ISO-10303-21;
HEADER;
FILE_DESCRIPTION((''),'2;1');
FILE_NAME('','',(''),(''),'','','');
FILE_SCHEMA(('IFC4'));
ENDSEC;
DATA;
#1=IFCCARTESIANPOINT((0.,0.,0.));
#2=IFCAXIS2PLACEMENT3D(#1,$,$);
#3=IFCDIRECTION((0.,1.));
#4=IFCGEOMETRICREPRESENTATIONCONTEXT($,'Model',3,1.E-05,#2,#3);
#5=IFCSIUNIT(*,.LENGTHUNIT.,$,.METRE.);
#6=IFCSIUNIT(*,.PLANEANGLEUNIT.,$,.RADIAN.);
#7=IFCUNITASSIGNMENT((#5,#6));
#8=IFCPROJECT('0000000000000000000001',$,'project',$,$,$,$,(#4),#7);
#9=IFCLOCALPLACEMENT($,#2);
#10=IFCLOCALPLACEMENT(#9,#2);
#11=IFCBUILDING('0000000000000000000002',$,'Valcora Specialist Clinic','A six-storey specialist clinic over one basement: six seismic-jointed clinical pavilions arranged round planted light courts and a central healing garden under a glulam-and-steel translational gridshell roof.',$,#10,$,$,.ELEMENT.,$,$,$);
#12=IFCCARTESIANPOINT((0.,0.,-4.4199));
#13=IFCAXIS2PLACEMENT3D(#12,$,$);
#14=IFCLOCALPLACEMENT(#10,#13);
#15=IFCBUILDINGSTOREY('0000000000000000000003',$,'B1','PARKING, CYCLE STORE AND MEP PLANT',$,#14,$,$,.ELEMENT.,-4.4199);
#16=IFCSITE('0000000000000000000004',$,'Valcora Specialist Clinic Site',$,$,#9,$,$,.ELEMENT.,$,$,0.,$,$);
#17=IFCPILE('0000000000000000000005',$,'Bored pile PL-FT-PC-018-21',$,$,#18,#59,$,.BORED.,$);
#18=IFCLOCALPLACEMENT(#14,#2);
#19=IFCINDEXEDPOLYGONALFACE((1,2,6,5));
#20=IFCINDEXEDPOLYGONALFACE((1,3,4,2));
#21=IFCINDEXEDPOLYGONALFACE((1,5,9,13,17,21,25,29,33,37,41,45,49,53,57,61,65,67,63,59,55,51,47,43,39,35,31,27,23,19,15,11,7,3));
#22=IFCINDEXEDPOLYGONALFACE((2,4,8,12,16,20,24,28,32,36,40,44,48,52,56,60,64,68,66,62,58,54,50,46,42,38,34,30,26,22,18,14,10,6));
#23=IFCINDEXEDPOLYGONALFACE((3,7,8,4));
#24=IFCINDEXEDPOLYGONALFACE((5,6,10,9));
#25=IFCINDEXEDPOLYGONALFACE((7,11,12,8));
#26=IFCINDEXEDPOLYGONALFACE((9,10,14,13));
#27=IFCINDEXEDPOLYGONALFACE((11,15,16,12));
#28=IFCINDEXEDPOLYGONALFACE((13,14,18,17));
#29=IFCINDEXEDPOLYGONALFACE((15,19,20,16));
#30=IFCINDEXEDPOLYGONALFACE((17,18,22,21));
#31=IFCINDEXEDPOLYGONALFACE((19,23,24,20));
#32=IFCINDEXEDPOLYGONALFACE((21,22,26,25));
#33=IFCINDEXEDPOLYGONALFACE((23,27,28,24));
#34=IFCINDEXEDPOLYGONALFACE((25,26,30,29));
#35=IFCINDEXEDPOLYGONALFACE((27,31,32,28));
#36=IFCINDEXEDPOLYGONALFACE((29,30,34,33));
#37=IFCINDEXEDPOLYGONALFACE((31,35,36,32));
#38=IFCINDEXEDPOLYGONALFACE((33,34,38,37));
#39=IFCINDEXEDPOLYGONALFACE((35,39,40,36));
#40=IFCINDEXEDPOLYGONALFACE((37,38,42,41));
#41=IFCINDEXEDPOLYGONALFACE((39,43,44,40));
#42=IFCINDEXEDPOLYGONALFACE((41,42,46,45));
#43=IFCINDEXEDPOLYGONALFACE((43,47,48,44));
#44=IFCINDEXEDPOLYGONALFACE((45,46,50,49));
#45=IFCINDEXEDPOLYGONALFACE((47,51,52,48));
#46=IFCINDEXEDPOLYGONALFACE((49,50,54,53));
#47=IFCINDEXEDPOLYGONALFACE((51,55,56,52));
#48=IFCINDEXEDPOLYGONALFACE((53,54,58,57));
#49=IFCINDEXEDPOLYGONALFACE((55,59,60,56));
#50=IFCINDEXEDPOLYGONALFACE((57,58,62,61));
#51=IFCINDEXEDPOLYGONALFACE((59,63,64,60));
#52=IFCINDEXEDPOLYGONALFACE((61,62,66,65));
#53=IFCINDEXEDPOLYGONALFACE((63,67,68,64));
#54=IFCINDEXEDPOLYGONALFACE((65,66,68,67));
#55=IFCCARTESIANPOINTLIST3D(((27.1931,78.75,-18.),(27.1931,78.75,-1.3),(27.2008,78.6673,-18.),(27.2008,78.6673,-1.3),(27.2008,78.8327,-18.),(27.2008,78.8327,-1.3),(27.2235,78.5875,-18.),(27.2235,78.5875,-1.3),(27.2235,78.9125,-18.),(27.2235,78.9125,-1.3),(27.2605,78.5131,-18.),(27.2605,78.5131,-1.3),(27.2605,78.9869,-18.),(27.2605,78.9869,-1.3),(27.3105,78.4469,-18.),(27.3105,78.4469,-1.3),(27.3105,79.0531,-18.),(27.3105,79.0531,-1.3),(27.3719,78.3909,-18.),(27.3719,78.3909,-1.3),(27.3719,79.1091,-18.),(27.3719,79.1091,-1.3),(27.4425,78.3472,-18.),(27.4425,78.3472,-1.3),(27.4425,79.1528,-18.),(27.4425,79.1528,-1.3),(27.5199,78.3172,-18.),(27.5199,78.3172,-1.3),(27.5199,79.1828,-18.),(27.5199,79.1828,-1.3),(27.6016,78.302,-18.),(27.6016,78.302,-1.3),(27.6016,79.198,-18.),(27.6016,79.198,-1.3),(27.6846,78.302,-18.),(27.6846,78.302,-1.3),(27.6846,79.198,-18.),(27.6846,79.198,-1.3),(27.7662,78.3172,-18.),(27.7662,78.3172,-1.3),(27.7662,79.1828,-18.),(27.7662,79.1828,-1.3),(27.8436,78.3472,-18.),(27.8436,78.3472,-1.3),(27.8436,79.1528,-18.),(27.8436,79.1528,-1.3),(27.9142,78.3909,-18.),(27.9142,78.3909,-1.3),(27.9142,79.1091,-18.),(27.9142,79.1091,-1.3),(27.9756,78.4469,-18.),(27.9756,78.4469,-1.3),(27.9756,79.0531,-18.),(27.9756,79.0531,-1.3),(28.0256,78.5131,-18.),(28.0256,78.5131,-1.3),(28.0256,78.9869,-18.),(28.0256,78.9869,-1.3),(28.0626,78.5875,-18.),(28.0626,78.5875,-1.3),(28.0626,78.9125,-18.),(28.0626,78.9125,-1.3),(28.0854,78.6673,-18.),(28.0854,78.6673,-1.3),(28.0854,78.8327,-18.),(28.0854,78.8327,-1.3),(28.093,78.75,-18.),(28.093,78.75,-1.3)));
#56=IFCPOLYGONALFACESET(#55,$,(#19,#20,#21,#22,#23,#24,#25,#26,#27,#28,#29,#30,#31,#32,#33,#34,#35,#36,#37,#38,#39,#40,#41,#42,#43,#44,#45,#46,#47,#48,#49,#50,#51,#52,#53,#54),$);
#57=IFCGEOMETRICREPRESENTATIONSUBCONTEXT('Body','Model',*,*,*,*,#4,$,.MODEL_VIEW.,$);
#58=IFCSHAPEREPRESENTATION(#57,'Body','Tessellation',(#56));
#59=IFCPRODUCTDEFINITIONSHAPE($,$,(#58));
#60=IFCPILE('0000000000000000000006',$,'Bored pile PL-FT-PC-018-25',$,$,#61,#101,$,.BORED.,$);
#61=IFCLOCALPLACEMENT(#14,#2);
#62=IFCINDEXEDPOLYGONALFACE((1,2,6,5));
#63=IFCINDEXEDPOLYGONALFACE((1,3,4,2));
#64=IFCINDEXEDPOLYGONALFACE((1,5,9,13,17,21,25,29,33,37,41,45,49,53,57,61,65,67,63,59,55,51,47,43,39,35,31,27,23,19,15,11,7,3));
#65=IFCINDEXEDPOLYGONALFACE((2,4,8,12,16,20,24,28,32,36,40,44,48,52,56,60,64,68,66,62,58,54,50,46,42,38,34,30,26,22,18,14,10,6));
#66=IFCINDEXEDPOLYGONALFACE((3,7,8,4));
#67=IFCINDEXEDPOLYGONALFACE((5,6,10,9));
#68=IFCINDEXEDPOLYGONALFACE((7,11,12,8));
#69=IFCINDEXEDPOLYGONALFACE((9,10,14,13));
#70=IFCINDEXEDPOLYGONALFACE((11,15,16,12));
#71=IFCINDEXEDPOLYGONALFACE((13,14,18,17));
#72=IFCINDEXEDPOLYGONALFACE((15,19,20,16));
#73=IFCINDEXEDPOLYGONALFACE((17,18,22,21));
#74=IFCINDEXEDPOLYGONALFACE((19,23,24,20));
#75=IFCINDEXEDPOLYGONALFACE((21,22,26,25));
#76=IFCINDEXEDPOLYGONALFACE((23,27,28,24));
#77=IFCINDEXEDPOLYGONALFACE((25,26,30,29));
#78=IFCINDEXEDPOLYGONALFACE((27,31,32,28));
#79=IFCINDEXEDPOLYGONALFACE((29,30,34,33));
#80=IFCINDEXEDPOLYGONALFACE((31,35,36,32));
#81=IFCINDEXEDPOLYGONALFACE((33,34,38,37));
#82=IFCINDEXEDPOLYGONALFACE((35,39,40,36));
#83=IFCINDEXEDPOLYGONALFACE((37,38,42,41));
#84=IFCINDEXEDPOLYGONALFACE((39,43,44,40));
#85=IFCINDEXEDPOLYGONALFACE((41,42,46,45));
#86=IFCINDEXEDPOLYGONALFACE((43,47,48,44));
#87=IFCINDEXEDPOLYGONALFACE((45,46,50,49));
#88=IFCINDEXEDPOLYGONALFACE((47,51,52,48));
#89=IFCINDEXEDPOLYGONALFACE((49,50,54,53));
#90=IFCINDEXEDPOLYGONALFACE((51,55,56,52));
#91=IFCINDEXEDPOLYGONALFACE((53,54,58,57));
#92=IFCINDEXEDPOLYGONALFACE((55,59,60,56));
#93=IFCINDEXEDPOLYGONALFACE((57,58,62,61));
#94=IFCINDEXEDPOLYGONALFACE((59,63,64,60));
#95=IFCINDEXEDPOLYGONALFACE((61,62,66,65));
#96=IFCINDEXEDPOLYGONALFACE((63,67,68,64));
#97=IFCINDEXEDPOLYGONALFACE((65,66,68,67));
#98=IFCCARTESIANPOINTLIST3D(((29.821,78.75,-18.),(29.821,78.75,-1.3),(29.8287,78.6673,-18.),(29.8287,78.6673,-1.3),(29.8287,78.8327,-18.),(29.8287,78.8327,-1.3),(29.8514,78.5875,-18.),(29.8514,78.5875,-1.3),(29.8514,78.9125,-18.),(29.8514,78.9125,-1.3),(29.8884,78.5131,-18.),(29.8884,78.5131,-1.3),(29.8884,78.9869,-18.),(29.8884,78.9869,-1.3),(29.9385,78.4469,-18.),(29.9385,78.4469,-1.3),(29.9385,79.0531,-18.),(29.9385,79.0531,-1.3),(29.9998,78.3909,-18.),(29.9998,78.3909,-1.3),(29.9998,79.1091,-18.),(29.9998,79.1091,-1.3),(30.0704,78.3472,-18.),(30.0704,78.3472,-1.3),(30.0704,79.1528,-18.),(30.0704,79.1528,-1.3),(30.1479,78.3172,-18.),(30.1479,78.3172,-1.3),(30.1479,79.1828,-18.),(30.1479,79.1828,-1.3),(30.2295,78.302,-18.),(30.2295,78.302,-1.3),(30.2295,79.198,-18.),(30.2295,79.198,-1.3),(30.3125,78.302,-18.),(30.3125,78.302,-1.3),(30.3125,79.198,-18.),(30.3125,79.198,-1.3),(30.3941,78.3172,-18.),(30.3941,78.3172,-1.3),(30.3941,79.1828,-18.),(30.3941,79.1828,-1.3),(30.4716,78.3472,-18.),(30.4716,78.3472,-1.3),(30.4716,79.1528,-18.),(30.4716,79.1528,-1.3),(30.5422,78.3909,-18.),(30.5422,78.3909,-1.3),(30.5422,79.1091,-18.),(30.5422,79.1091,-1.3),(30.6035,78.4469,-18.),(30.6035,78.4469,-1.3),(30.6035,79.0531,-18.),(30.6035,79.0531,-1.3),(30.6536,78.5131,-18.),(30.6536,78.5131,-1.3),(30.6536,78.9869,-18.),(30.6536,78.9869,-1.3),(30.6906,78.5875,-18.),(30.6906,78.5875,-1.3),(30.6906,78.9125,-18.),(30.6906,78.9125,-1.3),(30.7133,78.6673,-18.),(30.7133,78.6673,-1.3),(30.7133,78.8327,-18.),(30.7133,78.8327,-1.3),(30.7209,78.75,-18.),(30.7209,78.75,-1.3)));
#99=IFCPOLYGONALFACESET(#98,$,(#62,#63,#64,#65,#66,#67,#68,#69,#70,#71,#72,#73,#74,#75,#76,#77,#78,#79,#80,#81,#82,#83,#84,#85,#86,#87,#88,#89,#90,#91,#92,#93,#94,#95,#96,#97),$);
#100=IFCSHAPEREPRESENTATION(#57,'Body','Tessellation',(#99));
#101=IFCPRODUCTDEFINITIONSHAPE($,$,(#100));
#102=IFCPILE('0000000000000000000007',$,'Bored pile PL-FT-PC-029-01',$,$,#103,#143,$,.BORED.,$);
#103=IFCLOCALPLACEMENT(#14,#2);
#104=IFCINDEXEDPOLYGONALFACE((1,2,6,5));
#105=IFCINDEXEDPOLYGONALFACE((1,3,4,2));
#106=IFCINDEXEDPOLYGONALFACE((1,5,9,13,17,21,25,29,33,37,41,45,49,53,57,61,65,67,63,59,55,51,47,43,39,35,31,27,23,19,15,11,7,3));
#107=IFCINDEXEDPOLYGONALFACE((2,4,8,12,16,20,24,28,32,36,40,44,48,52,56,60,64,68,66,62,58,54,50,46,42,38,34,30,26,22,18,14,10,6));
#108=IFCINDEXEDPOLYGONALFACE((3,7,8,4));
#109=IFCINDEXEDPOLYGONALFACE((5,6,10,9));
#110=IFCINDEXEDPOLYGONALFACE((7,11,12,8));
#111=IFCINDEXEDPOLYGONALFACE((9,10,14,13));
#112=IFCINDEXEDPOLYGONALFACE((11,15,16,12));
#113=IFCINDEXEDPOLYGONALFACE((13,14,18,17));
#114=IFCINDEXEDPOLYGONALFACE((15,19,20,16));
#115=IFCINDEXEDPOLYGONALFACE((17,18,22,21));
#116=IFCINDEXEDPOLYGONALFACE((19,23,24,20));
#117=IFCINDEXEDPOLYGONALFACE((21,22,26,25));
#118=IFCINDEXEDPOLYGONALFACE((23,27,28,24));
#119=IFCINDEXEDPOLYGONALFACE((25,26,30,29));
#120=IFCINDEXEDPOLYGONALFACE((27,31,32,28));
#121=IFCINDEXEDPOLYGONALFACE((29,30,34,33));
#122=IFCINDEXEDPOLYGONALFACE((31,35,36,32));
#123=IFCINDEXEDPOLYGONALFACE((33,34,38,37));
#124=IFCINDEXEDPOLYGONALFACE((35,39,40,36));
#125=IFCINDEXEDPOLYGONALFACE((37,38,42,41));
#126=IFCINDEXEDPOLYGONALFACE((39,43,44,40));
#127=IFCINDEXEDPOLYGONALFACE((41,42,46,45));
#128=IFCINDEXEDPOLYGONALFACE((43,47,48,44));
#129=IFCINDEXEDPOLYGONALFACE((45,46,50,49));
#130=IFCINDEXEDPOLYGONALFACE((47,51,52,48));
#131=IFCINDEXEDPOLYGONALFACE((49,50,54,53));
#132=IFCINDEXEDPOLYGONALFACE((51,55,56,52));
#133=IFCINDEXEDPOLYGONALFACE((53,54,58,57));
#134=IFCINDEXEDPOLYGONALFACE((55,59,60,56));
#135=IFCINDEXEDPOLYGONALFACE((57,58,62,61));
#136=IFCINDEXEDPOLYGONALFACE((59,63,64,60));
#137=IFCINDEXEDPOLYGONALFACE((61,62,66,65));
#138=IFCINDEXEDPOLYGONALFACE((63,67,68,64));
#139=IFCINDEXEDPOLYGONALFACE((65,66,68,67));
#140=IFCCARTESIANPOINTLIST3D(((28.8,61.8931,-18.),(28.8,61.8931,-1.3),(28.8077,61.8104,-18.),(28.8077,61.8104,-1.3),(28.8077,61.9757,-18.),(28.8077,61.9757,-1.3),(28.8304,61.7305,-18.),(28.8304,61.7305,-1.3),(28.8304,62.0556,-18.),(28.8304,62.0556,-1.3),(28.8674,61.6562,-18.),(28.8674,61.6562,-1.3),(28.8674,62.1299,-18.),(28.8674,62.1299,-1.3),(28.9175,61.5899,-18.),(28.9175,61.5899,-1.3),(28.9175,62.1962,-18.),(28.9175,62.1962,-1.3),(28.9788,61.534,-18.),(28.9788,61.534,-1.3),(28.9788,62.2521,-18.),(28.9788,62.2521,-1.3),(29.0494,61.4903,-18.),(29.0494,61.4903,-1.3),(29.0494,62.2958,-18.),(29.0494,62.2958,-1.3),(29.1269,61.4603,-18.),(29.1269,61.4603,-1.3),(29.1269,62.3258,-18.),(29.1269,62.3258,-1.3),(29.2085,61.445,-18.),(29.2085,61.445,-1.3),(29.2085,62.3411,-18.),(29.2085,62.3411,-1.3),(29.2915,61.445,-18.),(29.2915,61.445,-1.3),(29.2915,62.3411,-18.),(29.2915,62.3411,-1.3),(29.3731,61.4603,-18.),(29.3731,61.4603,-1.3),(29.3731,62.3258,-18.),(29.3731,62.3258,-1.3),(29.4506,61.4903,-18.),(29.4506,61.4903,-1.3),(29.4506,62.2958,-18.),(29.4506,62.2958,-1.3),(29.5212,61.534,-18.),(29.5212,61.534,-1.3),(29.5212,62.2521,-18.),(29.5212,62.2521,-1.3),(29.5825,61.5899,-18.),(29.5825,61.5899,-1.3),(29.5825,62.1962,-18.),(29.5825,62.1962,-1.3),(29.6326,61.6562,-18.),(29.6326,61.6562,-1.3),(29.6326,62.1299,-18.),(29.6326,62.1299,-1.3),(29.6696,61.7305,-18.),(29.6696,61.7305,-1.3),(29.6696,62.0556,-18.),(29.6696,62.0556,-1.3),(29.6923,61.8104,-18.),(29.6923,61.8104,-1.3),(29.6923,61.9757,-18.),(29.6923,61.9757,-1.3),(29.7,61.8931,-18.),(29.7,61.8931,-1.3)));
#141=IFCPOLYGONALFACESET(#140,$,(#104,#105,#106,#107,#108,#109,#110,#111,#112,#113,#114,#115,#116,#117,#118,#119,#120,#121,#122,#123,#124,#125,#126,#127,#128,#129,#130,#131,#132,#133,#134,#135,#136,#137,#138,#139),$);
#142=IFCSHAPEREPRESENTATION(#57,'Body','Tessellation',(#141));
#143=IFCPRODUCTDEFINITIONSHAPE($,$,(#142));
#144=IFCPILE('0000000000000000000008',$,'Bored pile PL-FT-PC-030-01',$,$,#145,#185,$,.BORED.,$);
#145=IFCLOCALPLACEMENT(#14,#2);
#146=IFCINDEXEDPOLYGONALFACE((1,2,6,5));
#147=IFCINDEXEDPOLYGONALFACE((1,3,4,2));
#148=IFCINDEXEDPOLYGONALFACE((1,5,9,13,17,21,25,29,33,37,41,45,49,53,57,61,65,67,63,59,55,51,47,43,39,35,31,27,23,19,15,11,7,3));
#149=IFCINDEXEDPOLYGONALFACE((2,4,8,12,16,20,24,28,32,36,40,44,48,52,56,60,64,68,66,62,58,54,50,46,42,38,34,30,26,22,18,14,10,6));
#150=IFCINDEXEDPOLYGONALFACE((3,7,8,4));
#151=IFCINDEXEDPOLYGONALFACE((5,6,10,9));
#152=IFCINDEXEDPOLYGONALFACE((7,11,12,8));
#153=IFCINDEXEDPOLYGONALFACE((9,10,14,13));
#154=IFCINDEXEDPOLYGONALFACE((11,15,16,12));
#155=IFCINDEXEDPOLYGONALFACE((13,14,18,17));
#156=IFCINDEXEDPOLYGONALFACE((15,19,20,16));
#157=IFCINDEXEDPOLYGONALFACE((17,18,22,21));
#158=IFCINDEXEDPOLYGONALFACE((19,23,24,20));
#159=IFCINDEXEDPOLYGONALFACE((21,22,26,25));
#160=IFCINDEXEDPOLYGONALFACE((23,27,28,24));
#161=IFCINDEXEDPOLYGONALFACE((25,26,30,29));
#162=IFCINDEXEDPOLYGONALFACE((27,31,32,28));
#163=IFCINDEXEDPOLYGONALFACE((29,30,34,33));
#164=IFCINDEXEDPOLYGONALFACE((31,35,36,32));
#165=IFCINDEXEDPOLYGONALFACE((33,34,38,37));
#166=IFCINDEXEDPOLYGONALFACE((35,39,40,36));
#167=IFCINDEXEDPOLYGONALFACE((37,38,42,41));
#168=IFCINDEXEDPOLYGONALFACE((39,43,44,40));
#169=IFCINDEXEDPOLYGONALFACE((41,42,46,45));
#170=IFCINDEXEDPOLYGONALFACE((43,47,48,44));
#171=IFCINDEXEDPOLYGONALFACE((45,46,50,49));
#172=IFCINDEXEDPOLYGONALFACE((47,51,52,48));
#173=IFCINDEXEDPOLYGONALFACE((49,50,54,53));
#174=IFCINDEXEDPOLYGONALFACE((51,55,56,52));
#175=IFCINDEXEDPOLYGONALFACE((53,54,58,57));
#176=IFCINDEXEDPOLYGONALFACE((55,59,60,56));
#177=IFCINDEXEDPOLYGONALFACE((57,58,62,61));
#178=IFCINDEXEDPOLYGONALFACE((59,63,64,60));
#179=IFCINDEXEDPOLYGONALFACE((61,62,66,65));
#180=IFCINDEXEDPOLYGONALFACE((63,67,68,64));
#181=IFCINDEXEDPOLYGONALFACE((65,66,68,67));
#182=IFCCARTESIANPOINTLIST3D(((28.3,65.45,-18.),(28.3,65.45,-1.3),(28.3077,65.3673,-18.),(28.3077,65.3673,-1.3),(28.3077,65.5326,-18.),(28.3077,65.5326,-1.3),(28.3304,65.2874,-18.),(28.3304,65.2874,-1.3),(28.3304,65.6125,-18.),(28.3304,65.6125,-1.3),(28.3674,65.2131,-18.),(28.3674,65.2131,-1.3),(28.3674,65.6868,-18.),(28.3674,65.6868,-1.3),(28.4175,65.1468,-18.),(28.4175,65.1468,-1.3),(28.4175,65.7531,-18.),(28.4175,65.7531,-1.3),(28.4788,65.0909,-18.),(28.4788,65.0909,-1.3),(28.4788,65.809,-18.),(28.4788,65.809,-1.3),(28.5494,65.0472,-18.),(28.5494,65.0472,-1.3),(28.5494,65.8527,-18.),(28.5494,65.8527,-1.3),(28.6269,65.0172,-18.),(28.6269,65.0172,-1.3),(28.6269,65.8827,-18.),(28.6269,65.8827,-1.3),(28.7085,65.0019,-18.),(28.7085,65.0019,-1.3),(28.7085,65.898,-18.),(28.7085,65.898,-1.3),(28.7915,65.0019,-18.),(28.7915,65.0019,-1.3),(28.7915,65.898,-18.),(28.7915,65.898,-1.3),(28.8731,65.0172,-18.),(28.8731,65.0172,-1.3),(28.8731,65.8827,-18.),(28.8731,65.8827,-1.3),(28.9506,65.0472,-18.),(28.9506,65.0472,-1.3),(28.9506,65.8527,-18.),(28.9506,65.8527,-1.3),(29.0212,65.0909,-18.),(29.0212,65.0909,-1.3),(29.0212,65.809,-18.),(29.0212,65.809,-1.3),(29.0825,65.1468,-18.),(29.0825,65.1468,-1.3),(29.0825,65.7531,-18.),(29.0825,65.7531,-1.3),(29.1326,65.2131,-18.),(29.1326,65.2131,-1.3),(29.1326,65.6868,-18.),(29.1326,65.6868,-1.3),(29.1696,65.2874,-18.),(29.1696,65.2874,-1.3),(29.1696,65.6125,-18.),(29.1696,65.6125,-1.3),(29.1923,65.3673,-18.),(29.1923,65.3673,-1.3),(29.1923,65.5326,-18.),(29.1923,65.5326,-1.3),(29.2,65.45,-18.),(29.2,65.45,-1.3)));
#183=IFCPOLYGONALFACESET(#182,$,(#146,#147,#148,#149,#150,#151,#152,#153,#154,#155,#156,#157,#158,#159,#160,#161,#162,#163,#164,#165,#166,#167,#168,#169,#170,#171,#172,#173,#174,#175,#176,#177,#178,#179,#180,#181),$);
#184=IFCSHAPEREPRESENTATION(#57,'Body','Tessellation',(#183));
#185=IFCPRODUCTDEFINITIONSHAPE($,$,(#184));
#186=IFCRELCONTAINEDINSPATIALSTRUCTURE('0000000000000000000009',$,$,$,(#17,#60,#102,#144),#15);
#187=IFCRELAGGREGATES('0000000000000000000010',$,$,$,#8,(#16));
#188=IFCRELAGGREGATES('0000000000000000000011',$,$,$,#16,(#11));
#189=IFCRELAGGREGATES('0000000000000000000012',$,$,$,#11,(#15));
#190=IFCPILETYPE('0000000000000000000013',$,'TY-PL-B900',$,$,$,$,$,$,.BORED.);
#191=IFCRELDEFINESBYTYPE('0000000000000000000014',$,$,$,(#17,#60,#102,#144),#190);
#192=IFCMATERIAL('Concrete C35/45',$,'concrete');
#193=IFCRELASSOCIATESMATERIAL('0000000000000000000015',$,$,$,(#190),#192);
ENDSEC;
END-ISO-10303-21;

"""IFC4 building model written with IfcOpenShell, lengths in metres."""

from ifc_helpers import new_model, si_unit, direction, frame, origin, origin_2d, place, context, subcontext, project, spatial, circle, extrude, material, material_profile, profile_set, type_object, element, save


model = new_model("IFC4")

# Units and contexts
model_context = context("Model", 3, precision=1e-05, world=origin(), true_north=direction((0.0, 1.0)))
body_context = subcontext(model_context, "Body", "Model", "MODEL_VIEW")
ifc_project = project(units=[si_unit("LENGTHUNIT", "METRE"), si_unit("PLANEANGLEUNIT", "RADIAN")], contexts=[model_context])

# Site, building, storey
site_placement = place(None, origin())
site = spatial("IfcSite", under=ifc_project, at=site_placement, Name="Valcora Specialist Clinic Site", CompositionType="ELEMENT", RefElevation=0.0)
building_placement = place(site_placement, origin())
building = spatial("IfcBuilding", under=site, at=building_placement, Name="Valcora Specialist Clinic", Description="A six-storey specialist clinic over one basement: six seismic-jointed clinical pavilions arranged round planted light courts and a central healing garden under a glulam-and-steel translational gridshell roof.", CompositionType="ELEMENT")
storey_placement = place(building_placement, frame((0.0, 0.0, -4.4199)))
storey = spatial("IfcBuildingStorey", under=building, at=storey_placement, Name="B1", Description="PARKING, CYCLE STORE AND MEP PLANT", CompositionType="ELEMENT", Elevation=-4.4199)

# Shared definitions
ifc_material_1 = material(Name="Concrete C35/45", Category="concrete")

# Piles
ifc_material_profile_1 = material_profile(ifc_material_1, circle(Radius=0.45, at=origin_2d()), Name="RC-PIL-D900")
ifc_profile_set_1 = profile_set([ifc_material_profile_1], Name="Concrete C35/45")
pile_type_1 = type_object("IfcPileType", Name="TY-PL-B900", PredefinedType="BORED", material=ifc_profile_set_1)
for number, where, z_axis, x_axis, name in (
    (1, (27.6431, 78.75, -1.3), (0.0, 0.0, -1.0), (1.0, 0.0, 0.0), "Bored pile PL-FT-PC-018-21"),
    (2, (30.271, 78.75, -1.3), (0.0, 0.0, -1.0), (1.0, 0.0, 0.0), "Bored pile PL-FT-PC-018-25"),
    (3, (29.25, 61.8931, -1.3), (0.0, 0.0, -1.0), (1.0, 0.0, 0.0), "Bored pile PL-FT-PC-029-01"),
    (4, (28.75, 65.45, -1.3), (0.0, 0.0, -1.0), (1.0, 0.0, 0.0), "Bored pile PL-FT-PC-030-01"),
):
    element("IfcPile", number, at=place(storey_placement, frame(where, z_axis=z_axis, x_axis=x_axis)), inside=storey, type_object=pile_type_1, Name=name, PredefinedType="BORED", context=body_context, shape_type="SweptSolid", body=[
        extrude(circle(Radius=0.45, at=origin_2d()), origin(), (0.0, 0.0, 1.0), 16.7),
    ])

save(model, "model.ifc")
